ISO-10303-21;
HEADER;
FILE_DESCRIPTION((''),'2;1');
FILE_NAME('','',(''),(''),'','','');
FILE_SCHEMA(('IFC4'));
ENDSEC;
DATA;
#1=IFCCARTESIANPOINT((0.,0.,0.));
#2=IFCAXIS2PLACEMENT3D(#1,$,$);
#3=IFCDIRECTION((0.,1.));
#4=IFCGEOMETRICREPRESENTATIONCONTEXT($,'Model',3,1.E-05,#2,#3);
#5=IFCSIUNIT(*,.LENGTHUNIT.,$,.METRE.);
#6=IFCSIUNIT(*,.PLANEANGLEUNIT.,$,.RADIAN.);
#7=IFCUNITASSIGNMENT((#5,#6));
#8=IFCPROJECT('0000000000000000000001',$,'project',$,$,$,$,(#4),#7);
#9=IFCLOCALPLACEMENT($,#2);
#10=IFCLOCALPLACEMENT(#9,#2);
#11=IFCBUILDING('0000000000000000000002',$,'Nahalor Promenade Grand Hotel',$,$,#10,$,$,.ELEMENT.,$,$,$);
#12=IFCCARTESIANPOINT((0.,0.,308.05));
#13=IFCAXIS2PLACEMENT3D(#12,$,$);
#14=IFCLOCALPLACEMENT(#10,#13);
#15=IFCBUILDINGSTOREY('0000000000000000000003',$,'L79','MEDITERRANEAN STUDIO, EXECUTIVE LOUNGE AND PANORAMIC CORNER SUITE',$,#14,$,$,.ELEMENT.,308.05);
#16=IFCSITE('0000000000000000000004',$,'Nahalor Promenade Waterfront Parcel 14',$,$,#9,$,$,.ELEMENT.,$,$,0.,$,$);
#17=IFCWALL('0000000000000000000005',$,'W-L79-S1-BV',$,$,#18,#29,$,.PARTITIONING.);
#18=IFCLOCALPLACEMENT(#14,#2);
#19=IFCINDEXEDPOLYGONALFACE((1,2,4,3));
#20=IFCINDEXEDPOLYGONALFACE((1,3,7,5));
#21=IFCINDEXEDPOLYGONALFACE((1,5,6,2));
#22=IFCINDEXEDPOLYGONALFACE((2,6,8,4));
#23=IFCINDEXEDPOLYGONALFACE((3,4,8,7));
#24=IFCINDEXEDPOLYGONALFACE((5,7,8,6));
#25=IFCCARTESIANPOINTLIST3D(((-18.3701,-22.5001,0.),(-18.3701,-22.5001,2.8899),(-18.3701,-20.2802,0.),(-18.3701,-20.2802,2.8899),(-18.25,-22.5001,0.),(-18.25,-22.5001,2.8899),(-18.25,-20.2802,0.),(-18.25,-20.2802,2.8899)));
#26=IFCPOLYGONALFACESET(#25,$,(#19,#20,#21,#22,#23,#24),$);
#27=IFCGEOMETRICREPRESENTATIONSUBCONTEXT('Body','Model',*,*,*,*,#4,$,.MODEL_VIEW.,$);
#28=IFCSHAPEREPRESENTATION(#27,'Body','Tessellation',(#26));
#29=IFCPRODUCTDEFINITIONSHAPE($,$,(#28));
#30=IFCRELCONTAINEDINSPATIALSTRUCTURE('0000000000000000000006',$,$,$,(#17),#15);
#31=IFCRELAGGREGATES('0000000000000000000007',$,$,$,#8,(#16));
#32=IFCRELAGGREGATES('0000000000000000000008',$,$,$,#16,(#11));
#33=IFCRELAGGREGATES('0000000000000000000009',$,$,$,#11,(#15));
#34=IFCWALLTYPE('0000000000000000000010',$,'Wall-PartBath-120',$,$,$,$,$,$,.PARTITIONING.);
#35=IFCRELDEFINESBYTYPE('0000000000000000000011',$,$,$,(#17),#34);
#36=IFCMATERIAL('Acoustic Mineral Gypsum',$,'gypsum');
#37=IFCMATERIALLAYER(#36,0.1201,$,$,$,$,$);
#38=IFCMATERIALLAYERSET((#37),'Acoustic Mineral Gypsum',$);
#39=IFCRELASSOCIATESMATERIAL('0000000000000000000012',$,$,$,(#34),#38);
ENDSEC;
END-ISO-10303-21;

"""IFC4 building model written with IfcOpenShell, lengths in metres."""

from ifc_helpers import new_model, si_unit, direction, frame, frame_2d, origin, place, context, subcontext, project, spatial, rectangle, extrude, source, transform, mapped, material, layer, layer_set, type_object, element, save


model = new_model("IFC4")

# Units and contexts
model_context = context("Model", 3, precision=1e-05, world=origin(), true_north=direction((0.0, 1.0)))
body_context = subcontext(model_context, "Body", "Model", "MODEL_VIEW")
ifc_project = project(units=[si_unit("LENGTHUNIT", "METRE"), si_unit("PLANEANGLEUNIT", "RADIAN")], contexts=[model_context])

# Site, building, storey
site_placement = place(None, origin())
site = spatial("IfcSite", under=ifc_project, at=site_placement, Name="Nahalor Promenade Waterfront Parcel 14", CompositionType="ELEMENT", RefElevation=0.0)
building_placement = place(site_placement, origin())
building = spatial("IfcBuilding", under=site, at=building_placement, Name="Nahalor Promenade Grand Hotel", CompositionType="ELEMENT")
storey_placement = place(building_placement, frame((0.0, 0.0, 308.05)))
storey = spatial("IfcBuildingStorey", under=building, at=storey_placement, Name="L79", Description="MEDITERRANEAN STUDIO, EXECUTIVE LOUNGE AND PANORAMIC CORNER SUITE", CompositionType="ELEMENT", Elevation=308.05)

# Shared definitions
ifc_material_1 = material(Name="Acoustic Mineral Gypsum", Category="gypsum")

# Shared definitions
ifc_layer_1 = layer(ifc_material_1, 0.1201)
ifc_layer_set_1 = layer_set([ifc_layer_1], Name="Acoustic Mineral Gypsum")
wall_type_1 = type_object("IfcWallType", Name="Wall-PartBath-120", PredefinedType="PARTITIONING", material=ifc_layer_set_1)

# Wall
shared_shape_1 = source(origin(), body_context, "Body", "SweptSolid", [
    extrude(rectangle(XDim=2.22, YDim=0.1201, at=frame_2d((1.1099, 0.0))), origin(), (0.0, 0.0, 1.0), 2.8899),
])
wall_1_placement = place(storey_placement, frame((-18.3101, -22.5, 0.0), z_axis=(0.0, 0.0, 1.0), x_axis=(0.0, 1.0, 0.0)))
element("IfcWall", 1, at=wall_1_placement, inside=storey, type_object=wall_type_1, Name="W-L79-S1-BV", PredefinedType="PARTITIONING", context=body_context, shape_type="MappedRepresentation", body=[
    mapped(shared_shape_1, transform((0.0, 0.0, 0.0), scale=1.0)),
])

save(model, "model.ifc")
